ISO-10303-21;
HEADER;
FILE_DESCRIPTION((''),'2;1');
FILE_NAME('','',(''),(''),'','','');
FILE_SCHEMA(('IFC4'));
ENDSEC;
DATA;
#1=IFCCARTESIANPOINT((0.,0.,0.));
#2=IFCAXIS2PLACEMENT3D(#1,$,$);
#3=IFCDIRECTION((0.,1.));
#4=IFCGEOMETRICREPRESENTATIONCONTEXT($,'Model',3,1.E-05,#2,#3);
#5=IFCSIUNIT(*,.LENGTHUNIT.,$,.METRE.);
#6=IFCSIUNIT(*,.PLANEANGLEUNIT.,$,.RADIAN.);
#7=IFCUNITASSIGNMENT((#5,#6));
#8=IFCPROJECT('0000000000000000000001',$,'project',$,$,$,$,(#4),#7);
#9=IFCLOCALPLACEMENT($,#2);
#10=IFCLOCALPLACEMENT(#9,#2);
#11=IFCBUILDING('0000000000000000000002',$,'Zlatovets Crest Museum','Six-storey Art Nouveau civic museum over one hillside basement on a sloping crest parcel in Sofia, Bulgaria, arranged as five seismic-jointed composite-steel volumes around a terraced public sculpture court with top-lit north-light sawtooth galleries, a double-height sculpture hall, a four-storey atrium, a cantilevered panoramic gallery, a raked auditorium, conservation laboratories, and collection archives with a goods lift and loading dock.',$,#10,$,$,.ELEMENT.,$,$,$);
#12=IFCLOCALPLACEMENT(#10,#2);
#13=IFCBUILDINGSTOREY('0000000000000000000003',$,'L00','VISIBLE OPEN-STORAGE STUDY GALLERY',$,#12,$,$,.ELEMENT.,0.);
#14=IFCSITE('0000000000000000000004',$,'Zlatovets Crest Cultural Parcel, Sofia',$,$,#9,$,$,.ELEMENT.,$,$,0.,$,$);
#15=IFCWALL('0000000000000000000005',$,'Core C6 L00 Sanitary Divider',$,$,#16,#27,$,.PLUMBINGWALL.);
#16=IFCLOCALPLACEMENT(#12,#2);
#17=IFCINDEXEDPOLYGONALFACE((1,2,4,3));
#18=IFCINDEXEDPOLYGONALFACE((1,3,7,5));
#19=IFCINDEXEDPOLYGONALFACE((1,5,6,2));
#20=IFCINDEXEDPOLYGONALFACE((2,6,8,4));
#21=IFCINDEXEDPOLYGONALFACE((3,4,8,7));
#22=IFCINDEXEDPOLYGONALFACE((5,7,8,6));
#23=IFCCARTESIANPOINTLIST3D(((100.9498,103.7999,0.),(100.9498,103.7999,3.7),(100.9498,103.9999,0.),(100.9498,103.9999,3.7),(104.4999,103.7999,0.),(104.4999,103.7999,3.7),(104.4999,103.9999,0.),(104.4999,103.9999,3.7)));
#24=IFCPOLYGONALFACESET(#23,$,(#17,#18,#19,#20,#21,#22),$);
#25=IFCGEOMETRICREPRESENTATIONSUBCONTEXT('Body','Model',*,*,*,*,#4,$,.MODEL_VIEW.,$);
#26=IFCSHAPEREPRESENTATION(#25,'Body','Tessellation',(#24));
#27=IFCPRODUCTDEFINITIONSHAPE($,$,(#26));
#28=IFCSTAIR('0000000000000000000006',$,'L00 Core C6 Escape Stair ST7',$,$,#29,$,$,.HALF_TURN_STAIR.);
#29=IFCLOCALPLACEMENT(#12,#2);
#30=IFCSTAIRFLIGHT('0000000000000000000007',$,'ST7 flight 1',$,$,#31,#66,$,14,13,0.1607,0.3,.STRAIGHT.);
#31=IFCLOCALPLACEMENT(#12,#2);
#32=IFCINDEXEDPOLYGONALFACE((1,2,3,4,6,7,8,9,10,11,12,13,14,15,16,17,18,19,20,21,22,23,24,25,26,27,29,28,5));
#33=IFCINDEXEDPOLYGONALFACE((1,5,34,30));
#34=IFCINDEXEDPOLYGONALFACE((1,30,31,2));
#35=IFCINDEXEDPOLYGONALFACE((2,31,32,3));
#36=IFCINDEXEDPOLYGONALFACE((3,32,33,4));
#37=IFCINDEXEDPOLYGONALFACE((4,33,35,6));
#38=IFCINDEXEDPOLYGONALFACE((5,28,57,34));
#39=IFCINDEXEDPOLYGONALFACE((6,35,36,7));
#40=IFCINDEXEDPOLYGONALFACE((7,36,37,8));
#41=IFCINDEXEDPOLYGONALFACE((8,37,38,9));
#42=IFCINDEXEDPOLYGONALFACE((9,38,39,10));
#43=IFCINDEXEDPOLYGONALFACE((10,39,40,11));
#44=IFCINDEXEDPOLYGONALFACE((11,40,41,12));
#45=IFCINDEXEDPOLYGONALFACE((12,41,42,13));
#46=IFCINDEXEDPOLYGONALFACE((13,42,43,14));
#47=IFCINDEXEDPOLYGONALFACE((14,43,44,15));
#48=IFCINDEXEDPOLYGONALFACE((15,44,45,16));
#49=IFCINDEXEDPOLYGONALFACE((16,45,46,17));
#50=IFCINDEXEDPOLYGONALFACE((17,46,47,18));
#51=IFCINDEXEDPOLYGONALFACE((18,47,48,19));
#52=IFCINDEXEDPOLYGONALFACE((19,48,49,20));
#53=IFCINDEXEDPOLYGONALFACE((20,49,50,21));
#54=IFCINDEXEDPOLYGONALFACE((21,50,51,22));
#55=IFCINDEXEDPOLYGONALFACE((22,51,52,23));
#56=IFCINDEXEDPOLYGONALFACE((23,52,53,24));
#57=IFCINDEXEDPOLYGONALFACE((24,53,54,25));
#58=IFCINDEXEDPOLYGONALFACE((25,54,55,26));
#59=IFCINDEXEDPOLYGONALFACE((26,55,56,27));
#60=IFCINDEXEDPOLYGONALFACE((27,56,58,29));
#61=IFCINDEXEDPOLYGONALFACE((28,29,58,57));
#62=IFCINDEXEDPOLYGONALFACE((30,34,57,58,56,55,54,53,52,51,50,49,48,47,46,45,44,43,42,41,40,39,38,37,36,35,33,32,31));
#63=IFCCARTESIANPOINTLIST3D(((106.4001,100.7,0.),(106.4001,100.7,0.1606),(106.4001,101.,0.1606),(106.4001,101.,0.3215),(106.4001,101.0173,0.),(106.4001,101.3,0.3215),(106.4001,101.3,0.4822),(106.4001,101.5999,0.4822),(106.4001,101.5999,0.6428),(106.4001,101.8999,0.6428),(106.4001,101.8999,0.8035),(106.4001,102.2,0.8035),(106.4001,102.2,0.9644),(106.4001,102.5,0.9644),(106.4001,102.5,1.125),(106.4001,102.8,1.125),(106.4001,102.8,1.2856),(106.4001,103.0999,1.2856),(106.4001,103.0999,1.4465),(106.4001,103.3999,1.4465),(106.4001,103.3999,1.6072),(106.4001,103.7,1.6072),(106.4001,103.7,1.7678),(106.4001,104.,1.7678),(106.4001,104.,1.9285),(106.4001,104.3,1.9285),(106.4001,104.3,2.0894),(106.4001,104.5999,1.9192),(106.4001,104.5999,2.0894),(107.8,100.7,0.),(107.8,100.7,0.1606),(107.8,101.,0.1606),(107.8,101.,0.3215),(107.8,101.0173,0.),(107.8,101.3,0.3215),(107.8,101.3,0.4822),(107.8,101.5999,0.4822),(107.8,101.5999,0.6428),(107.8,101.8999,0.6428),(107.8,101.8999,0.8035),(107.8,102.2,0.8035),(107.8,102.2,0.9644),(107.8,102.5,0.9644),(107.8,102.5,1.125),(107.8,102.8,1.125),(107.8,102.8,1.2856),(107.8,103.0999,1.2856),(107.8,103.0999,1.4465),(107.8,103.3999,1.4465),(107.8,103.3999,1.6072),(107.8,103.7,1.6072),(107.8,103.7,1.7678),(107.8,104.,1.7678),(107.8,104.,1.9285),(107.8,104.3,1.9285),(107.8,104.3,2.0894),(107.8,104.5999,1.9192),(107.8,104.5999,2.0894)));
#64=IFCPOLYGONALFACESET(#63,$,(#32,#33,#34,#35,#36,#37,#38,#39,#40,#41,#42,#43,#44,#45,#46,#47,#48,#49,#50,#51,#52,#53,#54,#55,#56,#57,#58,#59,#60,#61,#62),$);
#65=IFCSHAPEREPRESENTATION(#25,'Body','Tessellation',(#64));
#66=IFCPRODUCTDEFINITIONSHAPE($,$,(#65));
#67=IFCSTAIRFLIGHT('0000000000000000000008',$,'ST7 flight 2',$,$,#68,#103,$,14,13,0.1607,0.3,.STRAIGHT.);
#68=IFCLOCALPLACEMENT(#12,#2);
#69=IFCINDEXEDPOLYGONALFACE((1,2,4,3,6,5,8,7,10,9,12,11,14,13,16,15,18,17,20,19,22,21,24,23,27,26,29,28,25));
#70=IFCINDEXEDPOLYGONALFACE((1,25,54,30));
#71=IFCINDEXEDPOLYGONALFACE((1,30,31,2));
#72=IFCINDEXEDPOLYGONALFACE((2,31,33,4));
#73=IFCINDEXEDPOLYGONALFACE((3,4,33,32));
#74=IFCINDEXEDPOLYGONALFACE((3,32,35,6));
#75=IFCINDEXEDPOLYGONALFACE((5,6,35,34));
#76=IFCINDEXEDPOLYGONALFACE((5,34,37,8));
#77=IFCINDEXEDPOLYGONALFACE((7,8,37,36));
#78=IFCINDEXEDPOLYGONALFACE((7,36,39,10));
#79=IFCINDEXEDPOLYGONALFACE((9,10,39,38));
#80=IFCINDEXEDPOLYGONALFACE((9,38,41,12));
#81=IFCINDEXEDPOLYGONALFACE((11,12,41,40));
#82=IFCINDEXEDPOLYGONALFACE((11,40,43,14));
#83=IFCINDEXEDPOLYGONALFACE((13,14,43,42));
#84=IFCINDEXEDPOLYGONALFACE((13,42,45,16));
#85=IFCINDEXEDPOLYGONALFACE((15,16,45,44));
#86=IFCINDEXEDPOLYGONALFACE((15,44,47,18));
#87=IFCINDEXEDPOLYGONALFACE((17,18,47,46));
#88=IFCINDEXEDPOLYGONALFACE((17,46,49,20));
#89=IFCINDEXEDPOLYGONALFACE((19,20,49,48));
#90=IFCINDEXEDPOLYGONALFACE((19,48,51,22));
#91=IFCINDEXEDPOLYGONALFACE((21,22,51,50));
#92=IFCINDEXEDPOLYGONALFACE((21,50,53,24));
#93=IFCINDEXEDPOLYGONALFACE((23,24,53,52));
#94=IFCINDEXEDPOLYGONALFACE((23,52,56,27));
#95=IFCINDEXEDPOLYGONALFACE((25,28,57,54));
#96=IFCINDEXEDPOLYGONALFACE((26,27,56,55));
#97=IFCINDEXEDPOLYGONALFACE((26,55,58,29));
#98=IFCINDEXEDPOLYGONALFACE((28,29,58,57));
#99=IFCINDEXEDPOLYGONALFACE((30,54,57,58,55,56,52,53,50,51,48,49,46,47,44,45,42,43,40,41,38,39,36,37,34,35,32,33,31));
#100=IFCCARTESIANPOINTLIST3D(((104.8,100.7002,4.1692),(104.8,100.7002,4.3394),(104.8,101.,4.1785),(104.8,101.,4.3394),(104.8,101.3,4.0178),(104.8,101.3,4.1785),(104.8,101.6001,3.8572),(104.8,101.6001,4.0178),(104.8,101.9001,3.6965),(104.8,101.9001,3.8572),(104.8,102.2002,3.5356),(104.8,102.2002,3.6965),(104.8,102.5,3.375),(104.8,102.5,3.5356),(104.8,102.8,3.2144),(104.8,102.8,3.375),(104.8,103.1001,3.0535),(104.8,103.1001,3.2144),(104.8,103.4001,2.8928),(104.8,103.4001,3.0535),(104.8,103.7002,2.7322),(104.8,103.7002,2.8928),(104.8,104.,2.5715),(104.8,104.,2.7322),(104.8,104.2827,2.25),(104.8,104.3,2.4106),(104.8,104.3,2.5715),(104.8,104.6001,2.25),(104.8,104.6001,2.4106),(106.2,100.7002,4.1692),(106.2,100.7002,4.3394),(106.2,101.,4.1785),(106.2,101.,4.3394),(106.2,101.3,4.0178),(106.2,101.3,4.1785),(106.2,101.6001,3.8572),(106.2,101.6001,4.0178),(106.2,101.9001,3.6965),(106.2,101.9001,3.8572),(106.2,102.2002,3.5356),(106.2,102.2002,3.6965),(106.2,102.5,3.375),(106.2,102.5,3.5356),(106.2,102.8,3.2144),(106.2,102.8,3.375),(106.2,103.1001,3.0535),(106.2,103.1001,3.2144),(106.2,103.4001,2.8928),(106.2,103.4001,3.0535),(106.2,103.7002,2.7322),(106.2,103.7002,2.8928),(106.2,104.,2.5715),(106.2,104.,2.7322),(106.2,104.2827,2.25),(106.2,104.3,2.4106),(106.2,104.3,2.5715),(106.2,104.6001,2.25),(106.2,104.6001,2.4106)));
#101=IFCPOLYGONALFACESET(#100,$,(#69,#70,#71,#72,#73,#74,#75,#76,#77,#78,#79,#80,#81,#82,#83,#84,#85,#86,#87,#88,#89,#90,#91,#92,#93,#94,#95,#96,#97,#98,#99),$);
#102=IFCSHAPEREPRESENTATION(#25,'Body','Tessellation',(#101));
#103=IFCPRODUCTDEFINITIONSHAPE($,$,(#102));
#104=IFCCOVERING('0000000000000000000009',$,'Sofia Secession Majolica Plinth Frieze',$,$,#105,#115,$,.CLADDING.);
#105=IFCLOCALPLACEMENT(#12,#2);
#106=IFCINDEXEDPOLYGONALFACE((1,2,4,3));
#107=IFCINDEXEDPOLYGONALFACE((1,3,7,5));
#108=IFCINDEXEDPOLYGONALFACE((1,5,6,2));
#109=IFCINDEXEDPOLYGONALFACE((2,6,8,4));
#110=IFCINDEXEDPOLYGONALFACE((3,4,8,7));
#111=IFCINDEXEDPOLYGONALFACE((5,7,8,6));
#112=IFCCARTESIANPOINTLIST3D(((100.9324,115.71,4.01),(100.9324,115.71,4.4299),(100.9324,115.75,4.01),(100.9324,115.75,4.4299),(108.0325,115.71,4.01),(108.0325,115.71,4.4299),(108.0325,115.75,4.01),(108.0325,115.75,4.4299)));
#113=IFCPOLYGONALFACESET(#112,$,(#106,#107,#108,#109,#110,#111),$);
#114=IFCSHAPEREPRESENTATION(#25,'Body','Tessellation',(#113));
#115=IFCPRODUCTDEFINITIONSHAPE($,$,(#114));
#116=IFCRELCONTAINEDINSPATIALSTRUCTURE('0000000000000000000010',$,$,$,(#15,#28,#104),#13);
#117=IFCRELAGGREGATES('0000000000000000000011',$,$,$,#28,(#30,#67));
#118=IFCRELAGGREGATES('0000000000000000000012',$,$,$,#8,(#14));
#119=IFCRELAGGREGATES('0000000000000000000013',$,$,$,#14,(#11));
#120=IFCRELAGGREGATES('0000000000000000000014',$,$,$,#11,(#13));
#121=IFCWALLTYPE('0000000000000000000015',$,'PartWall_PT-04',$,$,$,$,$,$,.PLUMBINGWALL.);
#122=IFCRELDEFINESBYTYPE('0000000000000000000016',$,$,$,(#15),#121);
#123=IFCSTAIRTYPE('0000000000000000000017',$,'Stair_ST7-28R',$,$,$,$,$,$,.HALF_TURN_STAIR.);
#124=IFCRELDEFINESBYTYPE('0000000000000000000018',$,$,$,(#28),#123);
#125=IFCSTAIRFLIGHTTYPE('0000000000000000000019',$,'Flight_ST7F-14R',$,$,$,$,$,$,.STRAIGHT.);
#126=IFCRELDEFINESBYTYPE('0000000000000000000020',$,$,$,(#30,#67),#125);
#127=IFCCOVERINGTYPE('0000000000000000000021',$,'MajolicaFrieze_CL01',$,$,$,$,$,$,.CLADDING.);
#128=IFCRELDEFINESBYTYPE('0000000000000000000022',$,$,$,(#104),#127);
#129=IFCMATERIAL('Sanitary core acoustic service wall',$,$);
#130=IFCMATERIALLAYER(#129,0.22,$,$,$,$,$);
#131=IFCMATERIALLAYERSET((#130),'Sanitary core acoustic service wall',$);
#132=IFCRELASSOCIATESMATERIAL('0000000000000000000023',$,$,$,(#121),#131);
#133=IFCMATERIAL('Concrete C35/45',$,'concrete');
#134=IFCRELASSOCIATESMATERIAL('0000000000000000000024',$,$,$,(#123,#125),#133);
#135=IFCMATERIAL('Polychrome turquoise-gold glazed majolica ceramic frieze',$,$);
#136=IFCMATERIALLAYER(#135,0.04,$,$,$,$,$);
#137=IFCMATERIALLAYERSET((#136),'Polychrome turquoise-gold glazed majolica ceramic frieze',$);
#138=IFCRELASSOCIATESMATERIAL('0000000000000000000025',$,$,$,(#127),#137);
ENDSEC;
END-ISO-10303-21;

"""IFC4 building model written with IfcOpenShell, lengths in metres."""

from ifc_helpers import new_model, si_unit, direction, frame, frame_2d, origin, origin_2d, place, context, subcontext, project, spatial, polyline, rectangle, outline, extrude, material, layer, layer_set, type_object, element, aggregate, save


model = new_model("IFC4")

# Units and contexts
model_context = context("Model", 3, precision=1e-05, world=origin(), true_north=direction((0.0, 1.0)))
body_context = subcontext(model_context, "Body", "Model", "MODEL_VIEW")
ifc_project = project(units=[si_unit("LENGTHUNIT", "METRE"), si_unit("PLANEANGLEUNIT", "RADIAN")], contexts=[model_context])

# Site, building, storey
site_placement = place(None, origin())
site = spatial("IfcSite", under=ifc_project, at=site_placement, Name="Zlatovets Crest Cultural Parcel, Sofia", CompositionType="ELEMENT", RefElevation=0.0)
building_placement = place(site_placement, origin())
building = spatial("IfcBuilding", under=site, at=building_placement, Name="Zlatovets Crest Museum", Description="Six-storey Art Nouveau civic museum over one hillside basement on a sloping crest parcel in Sofia, Bulgaria, arranged as five seismic-jointed composite-steel volumes around a terraced public sculpture court with top-lit north-light sawtooth galleries, a double-height sculpture hall, a four-storey atrium, a cantilevered panoramic gallery, a raked auditorium, conservation laboratories, and collection archives with a goods lift and loading dock.", CompositionType="ELEMENT")
storey_placement = place(building_placement, origin())
storey = spatial("IfcBuildingStorey", under=building, at=storey_placement, Name="L00", Description="VISIBLE OPEN-STORAGE STUDY GALLERY", CompositionType="ELEMENT", Elevation=0.0)

# Shared definitions
ifc_material_1 = material(Name="Concrete C35/45", Category="concrete")

# Wall
ifc_material_2 = material(Name="Sanitary core acoustic service wall")
ifc_layer_1 = layer(ifc_material_2, 0.22)
ifc_layer_set_1 = layer_set([ifc_layer_1], Name="Sanitary core acoustic service wall")
wall_type_1 = type_object("IfcWallType", Name="PartWall_PT-04", PredefinedType="PLUMBINGWALL", material=ifc_layer_set_1)
wall_1_placement = place(storey_placement, frame((100.95, 103.8999, 0.0), z_axis=(0.0, 0.0, 1.0), x_axis=(1.0, 0.0, 0.0)))
element("IfcWall", 1, at=wall_1_placement, inside=storey, type_object=wall_type_1, Name="Core C6 L00 Sanitary Divider", PredefinedType="PLUMBINGWALL", context=body_context, shape_type="SweptSolid", body=[
    extrude(rectangle(XDim=3.55, YDim=0.2, at=frame_2d((1.7749, 0.0))), origin(), (0.0, 0.0, 1.0), 3.7),
])

# Stair, stair flights
stair_type = type_object("IfcStairType", Name="Stair_ST7-28R", PredefinedType="HALF_TURN_STAIR", material=ifc_material_1)
stair_placement = place(storey_placement, origin())
stair = element("IfcStair", 2, at=stair_placement, inside=storey, type_object=stair_type, Name="L00 Core C6 Escape Stair ST7", PredefinedType="HALF_TURN_STAIR")
stair_flight_type = type_object("IfcStairFlightType", Name="Flight_ST7F-14R", PredefinedType="STRAIGHT", material=ifc_material_1)
stair_flight_1_placement = place(storey_placement, frame((107.1001, 100.7, 0.0), z_axis=(0.0, 0.0, 1.0), x_axis=(0.0, 1.0, 0.0)))
stair_flight_1 = element("IfcStairFlight", 3, at=stair_flight_1_placement, type_object=stair_flight_type, Name="ST7 flight 1", NumberOfRisers=14, NumberOfTreads=13, PredefinedType="STRAIGHT", RiserHeight=0.1607, TreadLength=0.3, context=body_context, shape_type="SweptSolid", body=[
    extrude(outline(polyline([(0.0, 0.0), (0.0, 0.1606), (0.3, 0.1606), (0.3, 0.3215), (0.6001, 0.3215), (0.6001, 0.4822), (0.8999, 0.4822), (0.8999, 0.6428), (1.2, 0.6428), (1.2, 0.8035), (1.5, 0.8035), (1.5, 0.9644), (1.8, 0.9644), (1.8, 1.125), (2.1001, 1.125), (2.1001, 1.2856), (2.3999, 1.2856), (2.3999, 1.4465), (2.7, 1.4465), (2.7, 1.6072), (3.0, 1.6072), (3.0, 1.7678), (3.3, 1.7678), (3.3, 1.9285), (3.6001, 1.9285), (3.6001, 2.0894), (3.8999, 2.0894), (3.8999, 2.25), (3.8999, 1.9192), (0.3174, 0.0), (0.0, 0.0)])), frame((0.0, 0.7, 0.0), z_axis=(0.0, -1.0, 0.0), x_axis=(1.0, 0.0, 0.0)), (0.0, 0.0, 1.0), 1.3999),
])
stair_flight_2_placement = place(storey_placement, frame((105.5, 104.6001, 2.25), z_axis=(0.0, 0.0, 1.0), x_axis=(0.0, -1.0, 0.0)))
stair_flight_2 = element("IfcStairFlight", 4, at=stair_flight_2_placement, type_object=stair_flight_type, Name="ST7 flight 2", NumberOfRisers=14, NumberOfTreads=13, PredefinedType="STRAIGHT", RiserHeight=0.1607, TreadLength=0.3, context=body_context, shape_type="SweptSolid", body=[
    extrude(outline(polyline([(0.0, 0.0), (0.0, 0.1606), (0.3, 0.1606), (0.3, 0.3215), (0.6001, 0.3215), (0.6001, 0.4822), (0.8999, 0.4822), (0.8999, 0.6428), (1.2, 0.6428), (1.2, 0.8035), (1.5, 0.8035), (1.5, 0.9644), (1.8, 0.9644), (1.8, 1.125), (2.1001, 1.125), (2.1001, 1.2856), (2.3999, 1.2856), (2.3999, 1.4465), (2.7, 1.4465), (2.7, 1.6072), (3.0, 1.6072), (3.0, 1.7678), (3.3, 1.7678), (3.3, 1.9285), (3.6001, 1.9285), (3.6001, 2.0894), (3.8999, 2.0894), (3.8999, 2.25), (3.8999, 1.9192), (0.3174, 0.0), (0.0, 0.0)])), frame((0.0, 0.7, 0.0), z_axis=(0.0, -1.0, 0.0), x_axis=(1.0, 0.0, 0.0)), (0.0, 0.0, 1.0), 1.3999),
])
aggregate(stair, [stair_flight_1, stair_flight_2])

# Covering
ifc_material_3 = material(Name="Polychrome turquoise-gold glazed majolica ceramic frieze")
ifc_layer_2 = layer(ifc_material_3, 0.04)
ifc_layer_set_2 = layer_set([ifc_layer_2], Name="Polychrome turquoise-gold glazed majolica ceramic frieze")
covering_type = type_object("IfcCoveringType", Name="MajolicaFrieze_CL01", PredefinedType="CLADDING", material=ifc_layer_set_2)
covering_placement = place(storey_placement, frame((104.4824, 115.73, 4.01), z_axis=(0.0, 0.0, 1.0), x_axis=(1.0, 0.0, 0.0)))
element("IfcCovering", 5, at=covering_placement, inside=storey, type_object=covering_type, Name="Sofia Secession Majolica Plinth Frieze", PredefinedType="CLADDING", context=body_context, shape_type="SweptSolid", body=[
    extrude(rectangle(XDim=7.1001, YDim=0.04, at=origin_2d()), origin(), (0.0, 0.0, 1.0), 0.4199),
])

save(model, "model.ifc")
